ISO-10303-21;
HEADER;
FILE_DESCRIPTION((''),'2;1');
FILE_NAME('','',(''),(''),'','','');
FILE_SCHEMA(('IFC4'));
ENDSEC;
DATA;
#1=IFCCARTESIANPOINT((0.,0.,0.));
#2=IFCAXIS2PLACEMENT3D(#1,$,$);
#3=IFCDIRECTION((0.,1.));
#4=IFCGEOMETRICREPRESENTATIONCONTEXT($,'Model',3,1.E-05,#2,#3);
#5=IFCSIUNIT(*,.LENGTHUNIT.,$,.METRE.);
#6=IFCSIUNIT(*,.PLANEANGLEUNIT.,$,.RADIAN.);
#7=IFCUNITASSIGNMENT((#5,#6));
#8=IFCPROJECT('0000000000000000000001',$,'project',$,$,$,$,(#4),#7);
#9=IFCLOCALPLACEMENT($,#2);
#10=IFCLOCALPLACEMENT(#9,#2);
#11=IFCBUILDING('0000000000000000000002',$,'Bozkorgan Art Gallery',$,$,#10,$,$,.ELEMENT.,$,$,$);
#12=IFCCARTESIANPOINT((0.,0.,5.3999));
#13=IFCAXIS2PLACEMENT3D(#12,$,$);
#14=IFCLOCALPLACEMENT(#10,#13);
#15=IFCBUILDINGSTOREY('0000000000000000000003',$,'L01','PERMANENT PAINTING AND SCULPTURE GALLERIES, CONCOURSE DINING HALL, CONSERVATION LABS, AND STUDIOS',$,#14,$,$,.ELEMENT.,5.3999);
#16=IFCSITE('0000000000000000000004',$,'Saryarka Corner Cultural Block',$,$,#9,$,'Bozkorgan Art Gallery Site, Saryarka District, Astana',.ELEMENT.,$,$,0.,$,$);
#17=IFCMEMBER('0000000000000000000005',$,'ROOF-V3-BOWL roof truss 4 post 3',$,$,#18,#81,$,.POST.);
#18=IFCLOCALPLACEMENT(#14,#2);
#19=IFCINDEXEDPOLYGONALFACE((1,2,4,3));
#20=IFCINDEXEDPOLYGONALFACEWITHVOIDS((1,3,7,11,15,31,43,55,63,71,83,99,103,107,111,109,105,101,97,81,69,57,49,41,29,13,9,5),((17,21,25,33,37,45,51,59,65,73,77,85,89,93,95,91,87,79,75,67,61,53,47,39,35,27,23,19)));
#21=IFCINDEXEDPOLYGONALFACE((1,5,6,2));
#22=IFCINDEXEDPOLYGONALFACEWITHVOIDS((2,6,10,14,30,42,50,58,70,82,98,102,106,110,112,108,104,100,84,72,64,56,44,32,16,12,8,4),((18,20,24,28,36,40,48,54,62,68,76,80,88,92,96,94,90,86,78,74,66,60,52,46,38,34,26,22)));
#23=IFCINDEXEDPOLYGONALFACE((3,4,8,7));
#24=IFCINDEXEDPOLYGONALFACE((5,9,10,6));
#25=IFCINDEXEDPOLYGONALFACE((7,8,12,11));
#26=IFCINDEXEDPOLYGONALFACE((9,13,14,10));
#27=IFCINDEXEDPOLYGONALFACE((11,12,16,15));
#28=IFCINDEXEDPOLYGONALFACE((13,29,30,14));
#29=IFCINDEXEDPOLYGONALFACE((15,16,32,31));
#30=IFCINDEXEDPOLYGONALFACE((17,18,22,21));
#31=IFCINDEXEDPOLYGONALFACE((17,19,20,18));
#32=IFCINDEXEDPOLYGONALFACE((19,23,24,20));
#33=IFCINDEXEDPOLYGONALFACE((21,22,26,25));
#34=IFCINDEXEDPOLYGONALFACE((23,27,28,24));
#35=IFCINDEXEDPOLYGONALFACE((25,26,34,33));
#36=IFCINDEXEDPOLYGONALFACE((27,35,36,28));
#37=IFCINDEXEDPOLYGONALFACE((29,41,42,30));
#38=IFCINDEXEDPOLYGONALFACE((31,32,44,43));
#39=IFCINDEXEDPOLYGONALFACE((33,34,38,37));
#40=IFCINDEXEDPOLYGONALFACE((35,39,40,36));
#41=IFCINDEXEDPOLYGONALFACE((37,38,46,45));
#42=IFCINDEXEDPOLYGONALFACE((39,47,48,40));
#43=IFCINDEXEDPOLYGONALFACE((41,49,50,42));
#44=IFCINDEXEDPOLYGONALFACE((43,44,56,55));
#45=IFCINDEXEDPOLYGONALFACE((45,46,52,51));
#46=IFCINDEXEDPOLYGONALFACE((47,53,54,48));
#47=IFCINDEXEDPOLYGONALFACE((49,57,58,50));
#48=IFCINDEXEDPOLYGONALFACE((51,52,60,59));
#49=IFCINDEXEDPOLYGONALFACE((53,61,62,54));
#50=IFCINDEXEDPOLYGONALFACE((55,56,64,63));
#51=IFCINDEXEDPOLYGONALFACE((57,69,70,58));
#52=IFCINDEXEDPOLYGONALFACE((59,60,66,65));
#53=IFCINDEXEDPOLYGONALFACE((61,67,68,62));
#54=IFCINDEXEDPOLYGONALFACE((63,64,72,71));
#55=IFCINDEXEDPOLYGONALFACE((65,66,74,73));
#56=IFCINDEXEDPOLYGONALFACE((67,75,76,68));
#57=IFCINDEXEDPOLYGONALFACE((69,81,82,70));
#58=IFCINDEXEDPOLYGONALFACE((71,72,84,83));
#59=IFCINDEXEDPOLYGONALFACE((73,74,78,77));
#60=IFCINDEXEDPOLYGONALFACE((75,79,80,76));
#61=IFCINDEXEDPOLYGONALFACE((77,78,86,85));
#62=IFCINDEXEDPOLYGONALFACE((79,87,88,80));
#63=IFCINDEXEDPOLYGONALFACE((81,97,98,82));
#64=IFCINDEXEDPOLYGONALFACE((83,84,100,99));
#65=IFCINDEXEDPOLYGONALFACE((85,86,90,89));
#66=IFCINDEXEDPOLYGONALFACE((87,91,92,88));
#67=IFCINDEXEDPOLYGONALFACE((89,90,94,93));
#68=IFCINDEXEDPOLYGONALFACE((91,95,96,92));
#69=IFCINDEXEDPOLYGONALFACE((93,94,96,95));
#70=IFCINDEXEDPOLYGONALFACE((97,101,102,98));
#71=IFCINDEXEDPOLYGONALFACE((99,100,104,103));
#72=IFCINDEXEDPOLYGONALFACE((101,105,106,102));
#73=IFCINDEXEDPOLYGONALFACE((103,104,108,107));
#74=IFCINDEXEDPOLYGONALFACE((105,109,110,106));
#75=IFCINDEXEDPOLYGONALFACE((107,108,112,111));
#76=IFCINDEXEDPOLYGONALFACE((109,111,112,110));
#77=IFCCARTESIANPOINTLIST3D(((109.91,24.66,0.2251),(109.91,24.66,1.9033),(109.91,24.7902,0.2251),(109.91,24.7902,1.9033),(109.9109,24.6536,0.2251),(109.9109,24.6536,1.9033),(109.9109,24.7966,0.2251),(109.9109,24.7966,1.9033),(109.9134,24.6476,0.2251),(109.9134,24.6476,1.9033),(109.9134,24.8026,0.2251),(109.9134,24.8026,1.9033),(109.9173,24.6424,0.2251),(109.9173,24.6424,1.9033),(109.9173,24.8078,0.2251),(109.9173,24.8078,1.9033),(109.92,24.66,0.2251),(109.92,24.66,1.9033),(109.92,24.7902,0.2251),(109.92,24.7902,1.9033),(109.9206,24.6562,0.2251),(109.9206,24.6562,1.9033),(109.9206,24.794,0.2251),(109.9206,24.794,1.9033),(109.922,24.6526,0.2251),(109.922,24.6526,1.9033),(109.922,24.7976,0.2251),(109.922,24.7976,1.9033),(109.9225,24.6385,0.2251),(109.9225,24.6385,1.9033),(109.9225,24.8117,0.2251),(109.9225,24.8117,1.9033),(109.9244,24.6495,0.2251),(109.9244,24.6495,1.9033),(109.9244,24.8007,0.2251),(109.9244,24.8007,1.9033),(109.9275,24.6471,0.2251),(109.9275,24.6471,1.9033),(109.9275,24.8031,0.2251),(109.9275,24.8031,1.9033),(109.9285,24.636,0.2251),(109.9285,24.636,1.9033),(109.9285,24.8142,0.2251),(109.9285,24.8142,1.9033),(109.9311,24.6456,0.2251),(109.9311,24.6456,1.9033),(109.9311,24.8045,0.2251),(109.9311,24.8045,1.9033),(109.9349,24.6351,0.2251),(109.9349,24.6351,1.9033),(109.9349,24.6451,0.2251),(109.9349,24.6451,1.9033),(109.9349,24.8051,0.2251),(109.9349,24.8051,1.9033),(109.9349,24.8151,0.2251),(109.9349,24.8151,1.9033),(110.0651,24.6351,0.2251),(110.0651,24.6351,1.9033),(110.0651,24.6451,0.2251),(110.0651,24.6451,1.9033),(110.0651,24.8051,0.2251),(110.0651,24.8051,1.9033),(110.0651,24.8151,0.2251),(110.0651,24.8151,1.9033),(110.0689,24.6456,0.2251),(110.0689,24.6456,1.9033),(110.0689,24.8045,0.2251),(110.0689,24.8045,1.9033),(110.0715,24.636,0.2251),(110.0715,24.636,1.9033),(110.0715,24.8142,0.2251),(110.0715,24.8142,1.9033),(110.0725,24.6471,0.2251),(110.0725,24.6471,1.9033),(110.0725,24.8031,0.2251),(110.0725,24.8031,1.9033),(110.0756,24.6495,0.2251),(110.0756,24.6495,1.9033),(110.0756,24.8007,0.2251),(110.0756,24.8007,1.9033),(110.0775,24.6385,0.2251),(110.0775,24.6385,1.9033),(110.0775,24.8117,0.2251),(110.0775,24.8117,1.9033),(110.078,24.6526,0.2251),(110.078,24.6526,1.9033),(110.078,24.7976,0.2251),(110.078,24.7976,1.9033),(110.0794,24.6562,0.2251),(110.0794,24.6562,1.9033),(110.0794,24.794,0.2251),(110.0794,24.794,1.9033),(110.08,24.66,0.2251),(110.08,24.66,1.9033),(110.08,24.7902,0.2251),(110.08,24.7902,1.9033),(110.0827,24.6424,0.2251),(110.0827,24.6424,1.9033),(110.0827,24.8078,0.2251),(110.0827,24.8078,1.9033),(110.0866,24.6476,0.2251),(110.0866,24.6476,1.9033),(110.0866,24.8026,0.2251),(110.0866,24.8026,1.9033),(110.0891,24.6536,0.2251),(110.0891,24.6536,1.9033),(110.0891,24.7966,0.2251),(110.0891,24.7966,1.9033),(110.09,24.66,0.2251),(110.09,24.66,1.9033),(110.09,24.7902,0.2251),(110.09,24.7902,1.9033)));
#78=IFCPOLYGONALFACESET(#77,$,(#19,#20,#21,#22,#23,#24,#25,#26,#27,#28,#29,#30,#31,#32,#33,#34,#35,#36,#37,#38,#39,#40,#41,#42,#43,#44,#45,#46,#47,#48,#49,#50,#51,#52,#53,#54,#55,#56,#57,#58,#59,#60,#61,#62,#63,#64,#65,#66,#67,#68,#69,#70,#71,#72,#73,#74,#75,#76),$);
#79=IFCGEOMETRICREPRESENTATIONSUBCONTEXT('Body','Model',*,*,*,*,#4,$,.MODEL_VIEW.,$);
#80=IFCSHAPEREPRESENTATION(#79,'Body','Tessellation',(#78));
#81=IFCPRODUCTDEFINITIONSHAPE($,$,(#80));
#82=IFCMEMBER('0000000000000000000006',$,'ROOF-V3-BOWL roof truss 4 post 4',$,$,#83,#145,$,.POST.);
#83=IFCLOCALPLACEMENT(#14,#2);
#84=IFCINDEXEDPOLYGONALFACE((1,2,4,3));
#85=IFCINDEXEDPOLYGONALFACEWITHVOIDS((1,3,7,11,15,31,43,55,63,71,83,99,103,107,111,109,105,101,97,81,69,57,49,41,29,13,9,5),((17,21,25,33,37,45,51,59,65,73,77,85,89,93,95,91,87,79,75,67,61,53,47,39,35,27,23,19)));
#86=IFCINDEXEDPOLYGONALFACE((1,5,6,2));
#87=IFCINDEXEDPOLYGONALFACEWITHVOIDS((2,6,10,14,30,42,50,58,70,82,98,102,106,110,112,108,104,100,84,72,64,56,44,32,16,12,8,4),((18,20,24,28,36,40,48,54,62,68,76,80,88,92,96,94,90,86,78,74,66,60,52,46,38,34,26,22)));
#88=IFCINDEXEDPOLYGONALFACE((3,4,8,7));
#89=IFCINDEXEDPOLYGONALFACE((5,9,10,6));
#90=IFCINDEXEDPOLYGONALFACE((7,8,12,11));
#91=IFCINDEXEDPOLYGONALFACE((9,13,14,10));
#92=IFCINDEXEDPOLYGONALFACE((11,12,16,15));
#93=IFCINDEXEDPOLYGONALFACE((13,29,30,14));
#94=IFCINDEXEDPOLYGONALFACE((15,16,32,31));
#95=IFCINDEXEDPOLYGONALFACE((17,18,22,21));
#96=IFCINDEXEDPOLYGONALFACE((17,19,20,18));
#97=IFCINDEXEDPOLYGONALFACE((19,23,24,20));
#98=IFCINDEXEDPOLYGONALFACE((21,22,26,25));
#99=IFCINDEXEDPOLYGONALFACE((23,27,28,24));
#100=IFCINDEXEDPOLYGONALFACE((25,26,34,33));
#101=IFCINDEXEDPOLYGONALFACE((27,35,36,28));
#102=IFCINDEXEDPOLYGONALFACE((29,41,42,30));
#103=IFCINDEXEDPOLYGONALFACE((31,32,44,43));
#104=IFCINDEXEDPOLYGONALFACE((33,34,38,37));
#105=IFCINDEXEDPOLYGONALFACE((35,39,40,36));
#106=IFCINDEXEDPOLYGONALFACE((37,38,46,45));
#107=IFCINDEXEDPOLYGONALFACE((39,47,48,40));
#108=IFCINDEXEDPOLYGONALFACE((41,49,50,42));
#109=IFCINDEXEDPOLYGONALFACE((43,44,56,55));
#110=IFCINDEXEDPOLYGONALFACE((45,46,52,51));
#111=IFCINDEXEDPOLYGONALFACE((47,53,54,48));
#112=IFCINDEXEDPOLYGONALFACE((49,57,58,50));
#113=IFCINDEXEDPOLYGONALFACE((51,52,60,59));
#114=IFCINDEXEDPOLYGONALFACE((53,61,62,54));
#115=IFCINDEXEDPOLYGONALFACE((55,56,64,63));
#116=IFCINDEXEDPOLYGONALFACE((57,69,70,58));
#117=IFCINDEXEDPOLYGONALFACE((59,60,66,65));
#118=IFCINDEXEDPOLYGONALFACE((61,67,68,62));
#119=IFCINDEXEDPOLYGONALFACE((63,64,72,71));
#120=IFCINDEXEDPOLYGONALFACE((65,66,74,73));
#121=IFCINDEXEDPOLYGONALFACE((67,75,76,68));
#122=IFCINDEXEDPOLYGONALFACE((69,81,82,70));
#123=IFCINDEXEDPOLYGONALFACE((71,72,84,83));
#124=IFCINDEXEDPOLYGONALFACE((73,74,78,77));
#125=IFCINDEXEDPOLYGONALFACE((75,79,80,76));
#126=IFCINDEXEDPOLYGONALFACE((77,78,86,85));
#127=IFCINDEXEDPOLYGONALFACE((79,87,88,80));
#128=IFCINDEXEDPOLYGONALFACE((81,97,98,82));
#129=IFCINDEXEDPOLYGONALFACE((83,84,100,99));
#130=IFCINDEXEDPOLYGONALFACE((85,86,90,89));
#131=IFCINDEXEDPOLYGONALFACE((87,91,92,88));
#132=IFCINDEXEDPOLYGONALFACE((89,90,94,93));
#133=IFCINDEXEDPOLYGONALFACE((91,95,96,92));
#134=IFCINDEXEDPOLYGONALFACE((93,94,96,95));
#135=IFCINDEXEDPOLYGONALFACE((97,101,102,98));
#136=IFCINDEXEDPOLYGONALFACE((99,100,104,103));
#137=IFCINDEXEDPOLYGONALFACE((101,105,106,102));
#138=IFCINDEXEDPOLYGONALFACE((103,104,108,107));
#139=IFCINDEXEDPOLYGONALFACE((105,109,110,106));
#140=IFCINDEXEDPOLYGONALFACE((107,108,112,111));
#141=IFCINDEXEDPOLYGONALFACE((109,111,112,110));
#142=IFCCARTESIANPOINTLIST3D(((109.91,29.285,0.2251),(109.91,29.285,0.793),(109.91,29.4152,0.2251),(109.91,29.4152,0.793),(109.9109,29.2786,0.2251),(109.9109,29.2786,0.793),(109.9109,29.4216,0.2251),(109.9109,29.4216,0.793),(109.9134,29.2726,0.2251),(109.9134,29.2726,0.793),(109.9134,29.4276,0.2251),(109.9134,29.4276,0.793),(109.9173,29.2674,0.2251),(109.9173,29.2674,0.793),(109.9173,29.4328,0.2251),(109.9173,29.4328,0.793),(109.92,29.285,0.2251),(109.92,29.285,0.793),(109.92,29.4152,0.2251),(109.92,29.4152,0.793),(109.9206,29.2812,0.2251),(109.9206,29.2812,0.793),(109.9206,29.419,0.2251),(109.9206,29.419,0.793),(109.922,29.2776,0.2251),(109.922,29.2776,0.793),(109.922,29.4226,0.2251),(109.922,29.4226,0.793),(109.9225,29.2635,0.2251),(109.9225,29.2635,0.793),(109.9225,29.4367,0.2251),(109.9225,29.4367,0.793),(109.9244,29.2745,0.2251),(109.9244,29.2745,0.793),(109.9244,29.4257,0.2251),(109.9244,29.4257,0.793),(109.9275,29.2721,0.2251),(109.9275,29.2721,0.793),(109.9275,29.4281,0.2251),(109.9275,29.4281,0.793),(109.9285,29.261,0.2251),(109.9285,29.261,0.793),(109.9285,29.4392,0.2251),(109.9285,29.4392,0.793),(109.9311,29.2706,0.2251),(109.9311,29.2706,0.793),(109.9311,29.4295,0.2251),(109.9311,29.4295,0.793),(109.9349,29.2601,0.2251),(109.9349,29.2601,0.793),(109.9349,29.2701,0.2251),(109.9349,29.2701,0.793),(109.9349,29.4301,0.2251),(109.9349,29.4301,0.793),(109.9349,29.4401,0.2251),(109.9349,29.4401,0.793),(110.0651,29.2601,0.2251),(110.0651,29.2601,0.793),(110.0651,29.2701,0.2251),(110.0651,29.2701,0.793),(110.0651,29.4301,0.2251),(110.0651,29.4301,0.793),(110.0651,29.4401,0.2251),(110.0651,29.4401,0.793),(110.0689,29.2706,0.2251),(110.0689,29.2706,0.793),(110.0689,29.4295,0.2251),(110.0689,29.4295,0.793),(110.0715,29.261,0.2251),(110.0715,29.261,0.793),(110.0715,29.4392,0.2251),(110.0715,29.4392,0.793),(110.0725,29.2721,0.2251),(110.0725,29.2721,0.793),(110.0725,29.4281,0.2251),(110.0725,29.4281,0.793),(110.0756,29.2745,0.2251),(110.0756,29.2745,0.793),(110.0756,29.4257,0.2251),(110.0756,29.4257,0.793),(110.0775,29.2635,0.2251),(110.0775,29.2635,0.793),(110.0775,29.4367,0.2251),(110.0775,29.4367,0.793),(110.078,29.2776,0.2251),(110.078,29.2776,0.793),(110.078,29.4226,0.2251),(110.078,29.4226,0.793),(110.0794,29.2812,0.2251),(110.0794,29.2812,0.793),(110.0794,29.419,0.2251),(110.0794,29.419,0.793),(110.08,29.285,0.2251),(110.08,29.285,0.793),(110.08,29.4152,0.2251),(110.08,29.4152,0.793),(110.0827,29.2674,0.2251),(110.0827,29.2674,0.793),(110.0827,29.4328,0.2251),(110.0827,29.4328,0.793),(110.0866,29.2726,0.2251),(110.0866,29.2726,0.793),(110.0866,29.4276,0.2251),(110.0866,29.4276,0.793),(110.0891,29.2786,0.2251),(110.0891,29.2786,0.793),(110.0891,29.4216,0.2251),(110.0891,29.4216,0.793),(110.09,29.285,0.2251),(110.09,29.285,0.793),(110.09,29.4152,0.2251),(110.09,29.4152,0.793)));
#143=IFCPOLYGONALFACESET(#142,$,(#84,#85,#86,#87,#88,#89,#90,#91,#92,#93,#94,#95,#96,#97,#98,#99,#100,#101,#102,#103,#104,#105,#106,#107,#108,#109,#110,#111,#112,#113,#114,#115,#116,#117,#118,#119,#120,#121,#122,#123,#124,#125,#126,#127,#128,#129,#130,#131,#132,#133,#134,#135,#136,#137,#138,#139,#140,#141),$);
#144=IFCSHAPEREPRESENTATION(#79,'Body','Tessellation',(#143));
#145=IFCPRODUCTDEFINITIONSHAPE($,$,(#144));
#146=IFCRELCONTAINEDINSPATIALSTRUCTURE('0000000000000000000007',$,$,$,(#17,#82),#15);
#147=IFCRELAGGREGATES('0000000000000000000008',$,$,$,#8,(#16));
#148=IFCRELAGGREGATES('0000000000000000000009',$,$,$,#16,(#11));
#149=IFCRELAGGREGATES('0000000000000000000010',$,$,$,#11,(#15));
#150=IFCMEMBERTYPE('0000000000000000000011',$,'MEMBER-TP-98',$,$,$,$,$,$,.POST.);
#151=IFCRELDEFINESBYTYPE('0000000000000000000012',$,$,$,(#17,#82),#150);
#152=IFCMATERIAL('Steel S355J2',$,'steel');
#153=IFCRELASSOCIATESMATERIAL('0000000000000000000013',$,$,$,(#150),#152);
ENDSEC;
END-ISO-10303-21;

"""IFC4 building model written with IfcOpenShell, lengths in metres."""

from ifc_helpers import new_model, si_unit, direction, frame, origin, origin_2d, place, context, subcontext, project, spatial, hollow_rectangle, extrude, material, material_profile, profile_set, type_object, element, save


model = new_model("IFC4")

# Units and contexts
model_context = context("Model", 3, precision=1e-05, world=origin(), true_north=direction((0.0, 1.0)))
body_context = subcontext(model_context, "Body", "Model", "MODEL_VIEW")
ifc_project = project(units=[si_unit("LENGTHUNIT", "METRE"), si_unit("PLANEANGLEUNIT", "RADIAN")], contexts=[model_context])

# Site, building, storey
site_placement = place(None, origin())
site = spatial("IfcSite", under=ifc_project, at=site_placement, Name="Saryarka Corner Cultural Block", LongName="Bozkorgan Art Gallery Site, Saryarka District, Astana", CompositionType="ELEMENT", RefElevation=0.0)
building_placement = place(site_placement, origin())
building = spatial("IfcBuilding", under=site, at=building_placement, Name="Bozkorgan Art Gallery", CompositionType="ELEMENT")
storey_placement = place(building_placement, frame((0.0, 0.0, 5.3999)))
storey = spatial("IfcBuildingStorey", under=building, at=storey_placement, Name="L01", Description="PERMANENT PAINTING AND SCULPTURE GALLERIES, CONCOURSE DINING HALL, CONSERVATION LABS, AND STUDIOS", CompositionType="ELEMENT", Elevation=5.3999)

# Shared definitions
ifc_material_1 = material(Name="Steel S355J2", Category="steel")

# Members
ifc_material_profile_1 = material_profile(ifc_material_1, hollow_rectangle(XDim=0.1799, YDim=0.1799, WallThickness=0.01, InnerFilletRadius=0.0149, OuterFilletRadius=0.0249, at=origin_2d()), Name="SHS 180x180x10")
ifc_profile_set_1 = profile_set([ifc_material_profile_1], Name="Steel S355J2")
member_type_1 = type_object("IfcMemberType", Name="MEMBER-TP-98", PredefinedType="POST", material=ifc_profile_set_1)
member_1_placement = place(storey_placement, frame((110.0, 24.7251, 0.2251), z_axis=(0.0, 0.0, 1.0), x_axis=(1.0, 0.0, 0.0)))
element("IfcMember", 1, at=member_1_placement, inside=storey, type_object=member_type_1, Name="ROOF-V3-BOWL roof truss 4 post 3", PredefinedType="POST", context=body_context, shape_type="SweptSolid", body=[
    extrude(hollow_rectangle(XDim=0.1799, YDim=0.1799, WallThickness=0.01, InnerFilletRadius=0.0149, OuterFilletRadius=0.0249, at=origin_2d()), origin(), (0.0, 0.0, 1.0), 1.6782),
])
member_2_placement = place(storey_placement, frame((110.0, 29.3501, 0.2251), z_axis=(0.0, 0.0, 1.0), x_axis=(1.0, 0.0, 0.0)))
element("IfcMember", 2, at=member_2_placement, inside=storey, type_object=member_type_1, Name="ROOF-V3-BOWL roof truss 4 post 4", PredefinedType="POST", context=body_context, shape_type="SweptSolid", body=[
    extrude(hollow_rectangle(XDim=0.1799, YDim=0.1799, WallThickness=0.01, InnerFilletRadius=0.0149, OuterFilletRadius=0.0249, at=origin_2d()), origin(), (0.0, 0.0, 1.0), 0.5679),
])

save(model, "model.ifc")
